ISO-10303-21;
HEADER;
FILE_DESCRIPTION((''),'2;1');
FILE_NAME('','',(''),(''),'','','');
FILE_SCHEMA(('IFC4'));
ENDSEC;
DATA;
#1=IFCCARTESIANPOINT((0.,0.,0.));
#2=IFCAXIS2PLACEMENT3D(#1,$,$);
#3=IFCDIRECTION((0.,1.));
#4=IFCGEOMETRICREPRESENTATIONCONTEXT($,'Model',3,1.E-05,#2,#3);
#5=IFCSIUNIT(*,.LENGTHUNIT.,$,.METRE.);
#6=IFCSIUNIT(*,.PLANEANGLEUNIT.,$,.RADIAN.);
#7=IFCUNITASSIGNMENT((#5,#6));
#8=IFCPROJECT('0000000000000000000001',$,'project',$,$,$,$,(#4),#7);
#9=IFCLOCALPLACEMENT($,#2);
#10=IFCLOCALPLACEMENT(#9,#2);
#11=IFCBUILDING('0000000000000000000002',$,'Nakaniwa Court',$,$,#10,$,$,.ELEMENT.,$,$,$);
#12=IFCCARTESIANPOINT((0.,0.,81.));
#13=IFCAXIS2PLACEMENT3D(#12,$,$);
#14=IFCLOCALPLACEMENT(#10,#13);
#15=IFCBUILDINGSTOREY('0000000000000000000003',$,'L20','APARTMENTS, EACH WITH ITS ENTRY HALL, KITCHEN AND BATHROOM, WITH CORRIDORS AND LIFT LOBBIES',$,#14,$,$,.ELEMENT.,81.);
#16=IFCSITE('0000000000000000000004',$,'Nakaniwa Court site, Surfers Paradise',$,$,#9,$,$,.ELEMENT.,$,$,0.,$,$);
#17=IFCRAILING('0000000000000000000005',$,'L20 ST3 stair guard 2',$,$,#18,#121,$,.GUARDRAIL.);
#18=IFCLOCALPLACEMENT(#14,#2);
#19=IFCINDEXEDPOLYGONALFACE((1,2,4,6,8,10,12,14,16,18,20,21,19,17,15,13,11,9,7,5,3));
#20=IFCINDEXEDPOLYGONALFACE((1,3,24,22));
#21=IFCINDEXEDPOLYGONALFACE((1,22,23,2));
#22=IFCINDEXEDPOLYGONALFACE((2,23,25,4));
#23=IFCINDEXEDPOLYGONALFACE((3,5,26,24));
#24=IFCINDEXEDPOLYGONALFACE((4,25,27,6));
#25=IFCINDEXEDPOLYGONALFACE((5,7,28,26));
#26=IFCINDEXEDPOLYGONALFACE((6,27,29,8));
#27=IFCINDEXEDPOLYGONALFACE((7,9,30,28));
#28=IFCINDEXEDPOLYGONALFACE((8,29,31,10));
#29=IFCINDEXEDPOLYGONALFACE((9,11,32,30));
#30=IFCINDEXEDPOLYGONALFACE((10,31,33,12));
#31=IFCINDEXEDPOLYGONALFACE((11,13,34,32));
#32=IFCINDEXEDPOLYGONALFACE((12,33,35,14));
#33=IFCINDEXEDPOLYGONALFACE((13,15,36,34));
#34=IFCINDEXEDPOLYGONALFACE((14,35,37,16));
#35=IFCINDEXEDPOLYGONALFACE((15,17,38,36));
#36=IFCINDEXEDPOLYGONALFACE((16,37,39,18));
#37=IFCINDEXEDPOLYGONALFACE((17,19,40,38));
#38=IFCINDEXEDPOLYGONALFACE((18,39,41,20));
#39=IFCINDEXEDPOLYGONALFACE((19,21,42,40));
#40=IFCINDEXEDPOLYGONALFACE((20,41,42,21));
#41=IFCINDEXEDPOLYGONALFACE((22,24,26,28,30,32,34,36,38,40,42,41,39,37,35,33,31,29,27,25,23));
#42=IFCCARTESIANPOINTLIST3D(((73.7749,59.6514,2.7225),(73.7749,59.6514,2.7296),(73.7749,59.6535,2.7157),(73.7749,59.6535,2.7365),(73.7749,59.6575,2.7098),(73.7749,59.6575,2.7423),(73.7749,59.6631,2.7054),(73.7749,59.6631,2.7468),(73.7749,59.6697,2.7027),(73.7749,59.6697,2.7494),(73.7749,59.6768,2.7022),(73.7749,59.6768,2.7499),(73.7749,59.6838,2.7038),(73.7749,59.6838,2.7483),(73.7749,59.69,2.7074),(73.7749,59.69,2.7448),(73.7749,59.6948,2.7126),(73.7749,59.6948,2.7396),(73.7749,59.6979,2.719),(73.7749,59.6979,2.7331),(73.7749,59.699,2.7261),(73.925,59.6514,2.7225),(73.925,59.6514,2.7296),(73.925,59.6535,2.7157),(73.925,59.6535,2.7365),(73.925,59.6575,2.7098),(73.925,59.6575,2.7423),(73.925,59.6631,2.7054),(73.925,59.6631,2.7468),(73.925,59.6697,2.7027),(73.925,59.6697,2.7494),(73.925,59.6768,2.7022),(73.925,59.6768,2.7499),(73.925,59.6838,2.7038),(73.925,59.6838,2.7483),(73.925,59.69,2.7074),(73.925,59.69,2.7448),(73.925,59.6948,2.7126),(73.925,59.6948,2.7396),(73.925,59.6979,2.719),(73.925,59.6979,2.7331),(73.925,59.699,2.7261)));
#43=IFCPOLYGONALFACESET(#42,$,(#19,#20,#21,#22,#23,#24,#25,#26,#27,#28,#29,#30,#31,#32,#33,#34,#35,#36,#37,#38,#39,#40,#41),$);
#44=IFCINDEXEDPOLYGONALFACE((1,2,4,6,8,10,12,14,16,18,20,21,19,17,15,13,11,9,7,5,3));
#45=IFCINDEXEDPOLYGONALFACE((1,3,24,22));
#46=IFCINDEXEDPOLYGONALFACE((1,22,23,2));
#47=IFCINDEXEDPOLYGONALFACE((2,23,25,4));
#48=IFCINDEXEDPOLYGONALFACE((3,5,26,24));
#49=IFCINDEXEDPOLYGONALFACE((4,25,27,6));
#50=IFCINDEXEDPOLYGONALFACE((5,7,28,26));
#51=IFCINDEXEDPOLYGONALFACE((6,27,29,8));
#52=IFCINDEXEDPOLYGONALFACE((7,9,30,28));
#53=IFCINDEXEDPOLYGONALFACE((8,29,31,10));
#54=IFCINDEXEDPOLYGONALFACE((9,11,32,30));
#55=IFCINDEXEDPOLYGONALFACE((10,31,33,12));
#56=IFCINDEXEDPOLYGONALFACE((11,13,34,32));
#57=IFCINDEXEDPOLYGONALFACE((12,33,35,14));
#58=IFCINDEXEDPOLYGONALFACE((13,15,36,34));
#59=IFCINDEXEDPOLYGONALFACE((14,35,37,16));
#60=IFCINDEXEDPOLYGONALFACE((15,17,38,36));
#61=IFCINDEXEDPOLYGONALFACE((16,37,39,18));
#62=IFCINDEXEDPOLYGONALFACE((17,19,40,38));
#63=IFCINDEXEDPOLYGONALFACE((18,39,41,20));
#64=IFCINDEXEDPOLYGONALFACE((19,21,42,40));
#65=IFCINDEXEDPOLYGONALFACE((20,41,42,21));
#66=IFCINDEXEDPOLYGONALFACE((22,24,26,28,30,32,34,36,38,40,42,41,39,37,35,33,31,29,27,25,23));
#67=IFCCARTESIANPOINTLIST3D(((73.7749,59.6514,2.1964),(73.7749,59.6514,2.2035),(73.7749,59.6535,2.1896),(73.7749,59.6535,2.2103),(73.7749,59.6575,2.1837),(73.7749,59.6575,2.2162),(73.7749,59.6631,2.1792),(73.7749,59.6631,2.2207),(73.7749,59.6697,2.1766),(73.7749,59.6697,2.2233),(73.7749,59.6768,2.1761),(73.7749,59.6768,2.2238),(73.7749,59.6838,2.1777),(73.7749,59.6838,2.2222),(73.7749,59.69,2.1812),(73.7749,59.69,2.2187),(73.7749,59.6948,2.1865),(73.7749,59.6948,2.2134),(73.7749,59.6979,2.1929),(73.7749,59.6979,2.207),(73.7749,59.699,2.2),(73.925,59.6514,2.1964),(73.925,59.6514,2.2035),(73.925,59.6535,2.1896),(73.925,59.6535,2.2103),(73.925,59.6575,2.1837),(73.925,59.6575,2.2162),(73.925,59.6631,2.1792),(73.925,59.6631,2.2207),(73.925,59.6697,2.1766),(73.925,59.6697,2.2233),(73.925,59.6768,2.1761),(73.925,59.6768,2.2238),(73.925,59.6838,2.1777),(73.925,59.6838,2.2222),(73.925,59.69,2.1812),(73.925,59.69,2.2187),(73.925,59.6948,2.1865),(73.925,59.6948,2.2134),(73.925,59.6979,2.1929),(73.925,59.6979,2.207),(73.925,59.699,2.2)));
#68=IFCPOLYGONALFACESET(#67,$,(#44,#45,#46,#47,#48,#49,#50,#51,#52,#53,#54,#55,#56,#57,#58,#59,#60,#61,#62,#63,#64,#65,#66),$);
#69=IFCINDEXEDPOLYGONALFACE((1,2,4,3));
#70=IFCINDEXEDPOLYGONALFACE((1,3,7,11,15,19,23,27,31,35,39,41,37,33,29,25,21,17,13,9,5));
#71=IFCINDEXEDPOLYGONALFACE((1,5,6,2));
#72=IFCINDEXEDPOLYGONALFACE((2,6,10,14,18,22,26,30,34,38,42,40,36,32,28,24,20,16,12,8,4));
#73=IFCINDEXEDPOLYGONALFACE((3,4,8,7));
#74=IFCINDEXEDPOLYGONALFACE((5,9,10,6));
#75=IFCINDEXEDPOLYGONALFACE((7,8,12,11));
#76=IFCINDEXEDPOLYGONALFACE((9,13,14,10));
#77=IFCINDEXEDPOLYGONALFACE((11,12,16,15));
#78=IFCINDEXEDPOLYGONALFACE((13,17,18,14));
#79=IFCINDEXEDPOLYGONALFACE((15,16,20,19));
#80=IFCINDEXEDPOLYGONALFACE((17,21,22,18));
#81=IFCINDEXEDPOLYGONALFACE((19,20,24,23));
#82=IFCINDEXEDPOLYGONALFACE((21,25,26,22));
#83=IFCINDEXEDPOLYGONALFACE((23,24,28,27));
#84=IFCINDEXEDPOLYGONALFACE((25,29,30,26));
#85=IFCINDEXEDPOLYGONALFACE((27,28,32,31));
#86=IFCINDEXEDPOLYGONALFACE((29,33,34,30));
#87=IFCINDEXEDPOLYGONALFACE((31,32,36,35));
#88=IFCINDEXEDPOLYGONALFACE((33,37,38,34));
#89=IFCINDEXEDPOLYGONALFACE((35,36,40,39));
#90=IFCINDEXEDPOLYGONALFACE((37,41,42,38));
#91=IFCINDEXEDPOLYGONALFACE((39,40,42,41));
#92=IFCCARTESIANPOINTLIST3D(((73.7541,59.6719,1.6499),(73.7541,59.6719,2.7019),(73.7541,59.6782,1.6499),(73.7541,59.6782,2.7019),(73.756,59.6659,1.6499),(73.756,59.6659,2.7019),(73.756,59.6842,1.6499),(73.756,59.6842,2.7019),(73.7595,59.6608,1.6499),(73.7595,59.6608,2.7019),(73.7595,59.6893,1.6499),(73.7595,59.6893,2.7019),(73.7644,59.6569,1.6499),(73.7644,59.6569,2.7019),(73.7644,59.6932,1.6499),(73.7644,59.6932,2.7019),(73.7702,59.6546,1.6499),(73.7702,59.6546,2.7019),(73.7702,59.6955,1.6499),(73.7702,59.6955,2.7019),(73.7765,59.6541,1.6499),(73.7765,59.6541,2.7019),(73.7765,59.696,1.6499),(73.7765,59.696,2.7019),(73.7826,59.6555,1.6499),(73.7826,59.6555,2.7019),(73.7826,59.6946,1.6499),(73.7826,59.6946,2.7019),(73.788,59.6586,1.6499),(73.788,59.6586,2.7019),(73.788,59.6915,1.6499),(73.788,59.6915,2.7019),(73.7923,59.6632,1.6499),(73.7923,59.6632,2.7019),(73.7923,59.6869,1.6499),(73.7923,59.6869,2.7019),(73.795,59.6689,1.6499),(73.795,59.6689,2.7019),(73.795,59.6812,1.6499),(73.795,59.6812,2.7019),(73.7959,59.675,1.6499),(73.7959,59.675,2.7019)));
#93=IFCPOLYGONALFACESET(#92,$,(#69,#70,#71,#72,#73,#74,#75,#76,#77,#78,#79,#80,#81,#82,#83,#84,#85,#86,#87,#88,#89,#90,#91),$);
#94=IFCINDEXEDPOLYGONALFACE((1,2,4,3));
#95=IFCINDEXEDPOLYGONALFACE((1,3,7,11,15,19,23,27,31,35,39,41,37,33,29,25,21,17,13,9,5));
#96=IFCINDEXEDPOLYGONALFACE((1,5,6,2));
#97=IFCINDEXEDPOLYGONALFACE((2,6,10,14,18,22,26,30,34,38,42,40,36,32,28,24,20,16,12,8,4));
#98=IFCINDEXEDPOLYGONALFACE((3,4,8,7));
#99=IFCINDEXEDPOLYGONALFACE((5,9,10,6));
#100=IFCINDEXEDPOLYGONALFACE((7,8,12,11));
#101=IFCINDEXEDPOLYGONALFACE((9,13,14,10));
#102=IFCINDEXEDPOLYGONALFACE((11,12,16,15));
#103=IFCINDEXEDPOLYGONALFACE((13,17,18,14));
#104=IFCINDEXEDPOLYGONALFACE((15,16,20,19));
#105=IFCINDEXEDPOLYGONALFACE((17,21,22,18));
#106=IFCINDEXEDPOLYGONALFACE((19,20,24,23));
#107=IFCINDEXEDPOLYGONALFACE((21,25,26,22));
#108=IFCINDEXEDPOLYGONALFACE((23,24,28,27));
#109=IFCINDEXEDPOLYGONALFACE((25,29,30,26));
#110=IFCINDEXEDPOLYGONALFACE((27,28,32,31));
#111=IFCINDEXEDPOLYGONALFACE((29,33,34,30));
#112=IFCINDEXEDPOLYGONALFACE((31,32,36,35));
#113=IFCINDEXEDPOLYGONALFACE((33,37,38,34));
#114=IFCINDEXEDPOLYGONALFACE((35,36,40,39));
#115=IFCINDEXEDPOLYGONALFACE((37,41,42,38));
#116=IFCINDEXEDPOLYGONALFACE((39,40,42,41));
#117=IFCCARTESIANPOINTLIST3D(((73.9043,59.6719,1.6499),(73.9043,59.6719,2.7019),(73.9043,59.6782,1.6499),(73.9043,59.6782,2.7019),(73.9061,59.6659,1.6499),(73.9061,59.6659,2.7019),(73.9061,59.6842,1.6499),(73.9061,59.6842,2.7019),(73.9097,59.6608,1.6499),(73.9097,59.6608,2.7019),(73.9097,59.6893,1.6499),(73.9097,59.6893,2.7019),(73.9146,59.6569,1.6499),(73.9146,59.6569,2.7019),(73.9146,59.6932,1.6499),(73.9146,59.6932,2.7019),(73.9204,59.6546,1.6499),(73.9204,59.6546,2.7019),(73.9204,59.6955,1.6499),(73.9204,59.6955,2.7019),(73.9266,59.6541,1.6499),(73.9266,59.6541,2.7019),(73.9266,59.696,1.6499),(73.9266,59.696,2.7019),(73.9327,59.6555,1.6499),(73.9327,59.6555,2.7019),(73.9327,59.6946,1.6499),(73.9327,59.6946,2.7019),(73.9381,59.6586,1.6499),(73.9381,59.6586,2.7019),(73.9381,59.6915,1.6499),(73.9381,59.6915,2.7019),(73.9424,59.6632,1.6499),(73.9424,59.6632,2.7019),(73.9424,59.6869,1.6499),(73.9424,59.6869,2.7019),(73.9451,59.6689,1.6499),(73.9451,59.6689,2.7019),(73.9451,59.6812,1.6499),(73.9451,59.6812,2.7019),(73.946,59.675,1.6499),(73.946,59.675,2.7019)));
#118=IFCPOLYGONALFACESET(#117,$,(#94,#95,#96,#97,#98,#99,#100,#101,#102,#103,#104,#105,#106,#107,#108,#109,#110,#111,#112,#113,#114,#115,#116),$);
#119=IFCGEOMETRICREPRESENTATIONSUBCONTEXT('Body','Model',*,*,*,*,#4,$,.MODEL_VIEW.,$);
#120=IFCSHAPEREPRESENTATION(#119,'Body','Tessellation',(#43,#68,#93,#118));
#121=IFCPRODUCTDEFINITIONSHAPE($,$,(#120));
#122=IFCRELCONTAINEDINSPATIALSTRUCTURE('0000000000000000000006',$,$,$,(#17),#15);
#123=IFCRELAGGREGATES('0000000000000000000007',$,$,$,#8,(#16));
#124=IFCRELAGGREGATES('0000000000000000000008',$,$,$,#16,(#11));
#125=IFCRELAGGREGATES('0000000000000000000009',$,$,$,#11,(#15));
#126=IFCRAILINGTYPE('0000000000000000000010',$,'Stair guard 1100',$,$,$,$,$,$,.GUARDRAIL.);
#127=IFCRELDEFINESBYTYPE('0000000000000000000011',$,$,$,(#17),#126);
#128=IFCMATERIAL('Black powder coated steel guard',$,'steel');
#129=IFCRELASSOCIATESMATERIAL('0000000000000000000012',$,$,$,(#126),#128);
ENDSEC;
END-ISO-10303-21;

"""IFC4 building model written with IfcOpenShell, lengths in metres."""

from ifc_helpers import new_model, si_unit, direction, frame, origin, origin_2d, place, context, subcontext, project, spatial, circle, extrude, material, type_object, element, save


model = new_model("IFC4")

# Units and contexts
model_context = context("Model", 3, precision=1e-05, world=origin(), true_north=direction((0.0, 1.0)))
body_context = subcontext(model_context, "Body", "Model", "MODEL_VIEW")
ifc_project = project(units=[si_unit("LENGTHUNIT", "METRE"), si_unit("PLANEANGLEUNIT", "RADIAN")], contexts=[model_context])

# Site, building, storey
site_placement = place(None, origin())
site = spatial("IfcSite", under=ifc_project, at=site_placement, Name="Nakaniwa Court site, Surfers Paradise", CompositionType="ELEMENT", RefElevation=0.0)
building_placement = place(site_placement, origin())
building = spatial("IfcBuilding", under=site, at=building_placement, Name="Nakaniwa Court", CompositionType="ELEMENT")
storey_placement = place(building_placement, frame((0.0, 0.0, 81.0)))
storey = spatial("IfcBuildingStorey", under=building, at=storey_placement, Name="L20", Description="APARTMENTS, EACH WITH ITS ENTRY HALL, KITCHEN AND BATHROOM, WITH CORRIDORS AND LIFT LOBBIES", CompositionType="ELEMENT", Elevation=81.0)

# Railing
ifc_material_1 = material(Name="Black powder coated steel guard", Category="steel")
railing_type_1 = type_object("IfcRailingType", Name="Stair guard 1100", PredefinedType="GUARDRAIL", material=ifc_material_1)
railing_1_placement = place(storey_placement, frame((73.7749, 59.675, 1.6499)))
element("IfcRailing", 1, at=railing_1_placement, inside=storey, type_object=railing_type_1, Name="L20 ST3 stair guard 2", PredefinedType="GUARDRAIL", context=body_context, shape_type="SweptSolid", body=[
    extrude(circle(Radius=0.0239, at=origin_2d()), frame((0.0, 0.0, 1.0762), z_axis=(1.0, 0.0, 0.0), x_axis=(0.0, 1.0, 0.0)), (0.0, 0.0, 1.0), 0.1501),
    extrude(circle(Radius=0.0239, at=origin_2d()), frame((0.0, 0.0, 0.55), z_axis=(1.0, 0.0, 0.0), x_axis=(0.0, 1.0, 0.0)), (0.0, 0.0, 1.0), 0.1501),
    extrude(circle(Radius=0.021, at=origin_2d()), origin(), (0.0, 0.0, 1.0), 1.052),
    extrude(circle(Radius=0.021, at=origin_2d()), frame((0.1501, 0.0, 0.0)), (0.0, 0.0, 1.0), 1.052),
])

save(model, "model.ifc")
